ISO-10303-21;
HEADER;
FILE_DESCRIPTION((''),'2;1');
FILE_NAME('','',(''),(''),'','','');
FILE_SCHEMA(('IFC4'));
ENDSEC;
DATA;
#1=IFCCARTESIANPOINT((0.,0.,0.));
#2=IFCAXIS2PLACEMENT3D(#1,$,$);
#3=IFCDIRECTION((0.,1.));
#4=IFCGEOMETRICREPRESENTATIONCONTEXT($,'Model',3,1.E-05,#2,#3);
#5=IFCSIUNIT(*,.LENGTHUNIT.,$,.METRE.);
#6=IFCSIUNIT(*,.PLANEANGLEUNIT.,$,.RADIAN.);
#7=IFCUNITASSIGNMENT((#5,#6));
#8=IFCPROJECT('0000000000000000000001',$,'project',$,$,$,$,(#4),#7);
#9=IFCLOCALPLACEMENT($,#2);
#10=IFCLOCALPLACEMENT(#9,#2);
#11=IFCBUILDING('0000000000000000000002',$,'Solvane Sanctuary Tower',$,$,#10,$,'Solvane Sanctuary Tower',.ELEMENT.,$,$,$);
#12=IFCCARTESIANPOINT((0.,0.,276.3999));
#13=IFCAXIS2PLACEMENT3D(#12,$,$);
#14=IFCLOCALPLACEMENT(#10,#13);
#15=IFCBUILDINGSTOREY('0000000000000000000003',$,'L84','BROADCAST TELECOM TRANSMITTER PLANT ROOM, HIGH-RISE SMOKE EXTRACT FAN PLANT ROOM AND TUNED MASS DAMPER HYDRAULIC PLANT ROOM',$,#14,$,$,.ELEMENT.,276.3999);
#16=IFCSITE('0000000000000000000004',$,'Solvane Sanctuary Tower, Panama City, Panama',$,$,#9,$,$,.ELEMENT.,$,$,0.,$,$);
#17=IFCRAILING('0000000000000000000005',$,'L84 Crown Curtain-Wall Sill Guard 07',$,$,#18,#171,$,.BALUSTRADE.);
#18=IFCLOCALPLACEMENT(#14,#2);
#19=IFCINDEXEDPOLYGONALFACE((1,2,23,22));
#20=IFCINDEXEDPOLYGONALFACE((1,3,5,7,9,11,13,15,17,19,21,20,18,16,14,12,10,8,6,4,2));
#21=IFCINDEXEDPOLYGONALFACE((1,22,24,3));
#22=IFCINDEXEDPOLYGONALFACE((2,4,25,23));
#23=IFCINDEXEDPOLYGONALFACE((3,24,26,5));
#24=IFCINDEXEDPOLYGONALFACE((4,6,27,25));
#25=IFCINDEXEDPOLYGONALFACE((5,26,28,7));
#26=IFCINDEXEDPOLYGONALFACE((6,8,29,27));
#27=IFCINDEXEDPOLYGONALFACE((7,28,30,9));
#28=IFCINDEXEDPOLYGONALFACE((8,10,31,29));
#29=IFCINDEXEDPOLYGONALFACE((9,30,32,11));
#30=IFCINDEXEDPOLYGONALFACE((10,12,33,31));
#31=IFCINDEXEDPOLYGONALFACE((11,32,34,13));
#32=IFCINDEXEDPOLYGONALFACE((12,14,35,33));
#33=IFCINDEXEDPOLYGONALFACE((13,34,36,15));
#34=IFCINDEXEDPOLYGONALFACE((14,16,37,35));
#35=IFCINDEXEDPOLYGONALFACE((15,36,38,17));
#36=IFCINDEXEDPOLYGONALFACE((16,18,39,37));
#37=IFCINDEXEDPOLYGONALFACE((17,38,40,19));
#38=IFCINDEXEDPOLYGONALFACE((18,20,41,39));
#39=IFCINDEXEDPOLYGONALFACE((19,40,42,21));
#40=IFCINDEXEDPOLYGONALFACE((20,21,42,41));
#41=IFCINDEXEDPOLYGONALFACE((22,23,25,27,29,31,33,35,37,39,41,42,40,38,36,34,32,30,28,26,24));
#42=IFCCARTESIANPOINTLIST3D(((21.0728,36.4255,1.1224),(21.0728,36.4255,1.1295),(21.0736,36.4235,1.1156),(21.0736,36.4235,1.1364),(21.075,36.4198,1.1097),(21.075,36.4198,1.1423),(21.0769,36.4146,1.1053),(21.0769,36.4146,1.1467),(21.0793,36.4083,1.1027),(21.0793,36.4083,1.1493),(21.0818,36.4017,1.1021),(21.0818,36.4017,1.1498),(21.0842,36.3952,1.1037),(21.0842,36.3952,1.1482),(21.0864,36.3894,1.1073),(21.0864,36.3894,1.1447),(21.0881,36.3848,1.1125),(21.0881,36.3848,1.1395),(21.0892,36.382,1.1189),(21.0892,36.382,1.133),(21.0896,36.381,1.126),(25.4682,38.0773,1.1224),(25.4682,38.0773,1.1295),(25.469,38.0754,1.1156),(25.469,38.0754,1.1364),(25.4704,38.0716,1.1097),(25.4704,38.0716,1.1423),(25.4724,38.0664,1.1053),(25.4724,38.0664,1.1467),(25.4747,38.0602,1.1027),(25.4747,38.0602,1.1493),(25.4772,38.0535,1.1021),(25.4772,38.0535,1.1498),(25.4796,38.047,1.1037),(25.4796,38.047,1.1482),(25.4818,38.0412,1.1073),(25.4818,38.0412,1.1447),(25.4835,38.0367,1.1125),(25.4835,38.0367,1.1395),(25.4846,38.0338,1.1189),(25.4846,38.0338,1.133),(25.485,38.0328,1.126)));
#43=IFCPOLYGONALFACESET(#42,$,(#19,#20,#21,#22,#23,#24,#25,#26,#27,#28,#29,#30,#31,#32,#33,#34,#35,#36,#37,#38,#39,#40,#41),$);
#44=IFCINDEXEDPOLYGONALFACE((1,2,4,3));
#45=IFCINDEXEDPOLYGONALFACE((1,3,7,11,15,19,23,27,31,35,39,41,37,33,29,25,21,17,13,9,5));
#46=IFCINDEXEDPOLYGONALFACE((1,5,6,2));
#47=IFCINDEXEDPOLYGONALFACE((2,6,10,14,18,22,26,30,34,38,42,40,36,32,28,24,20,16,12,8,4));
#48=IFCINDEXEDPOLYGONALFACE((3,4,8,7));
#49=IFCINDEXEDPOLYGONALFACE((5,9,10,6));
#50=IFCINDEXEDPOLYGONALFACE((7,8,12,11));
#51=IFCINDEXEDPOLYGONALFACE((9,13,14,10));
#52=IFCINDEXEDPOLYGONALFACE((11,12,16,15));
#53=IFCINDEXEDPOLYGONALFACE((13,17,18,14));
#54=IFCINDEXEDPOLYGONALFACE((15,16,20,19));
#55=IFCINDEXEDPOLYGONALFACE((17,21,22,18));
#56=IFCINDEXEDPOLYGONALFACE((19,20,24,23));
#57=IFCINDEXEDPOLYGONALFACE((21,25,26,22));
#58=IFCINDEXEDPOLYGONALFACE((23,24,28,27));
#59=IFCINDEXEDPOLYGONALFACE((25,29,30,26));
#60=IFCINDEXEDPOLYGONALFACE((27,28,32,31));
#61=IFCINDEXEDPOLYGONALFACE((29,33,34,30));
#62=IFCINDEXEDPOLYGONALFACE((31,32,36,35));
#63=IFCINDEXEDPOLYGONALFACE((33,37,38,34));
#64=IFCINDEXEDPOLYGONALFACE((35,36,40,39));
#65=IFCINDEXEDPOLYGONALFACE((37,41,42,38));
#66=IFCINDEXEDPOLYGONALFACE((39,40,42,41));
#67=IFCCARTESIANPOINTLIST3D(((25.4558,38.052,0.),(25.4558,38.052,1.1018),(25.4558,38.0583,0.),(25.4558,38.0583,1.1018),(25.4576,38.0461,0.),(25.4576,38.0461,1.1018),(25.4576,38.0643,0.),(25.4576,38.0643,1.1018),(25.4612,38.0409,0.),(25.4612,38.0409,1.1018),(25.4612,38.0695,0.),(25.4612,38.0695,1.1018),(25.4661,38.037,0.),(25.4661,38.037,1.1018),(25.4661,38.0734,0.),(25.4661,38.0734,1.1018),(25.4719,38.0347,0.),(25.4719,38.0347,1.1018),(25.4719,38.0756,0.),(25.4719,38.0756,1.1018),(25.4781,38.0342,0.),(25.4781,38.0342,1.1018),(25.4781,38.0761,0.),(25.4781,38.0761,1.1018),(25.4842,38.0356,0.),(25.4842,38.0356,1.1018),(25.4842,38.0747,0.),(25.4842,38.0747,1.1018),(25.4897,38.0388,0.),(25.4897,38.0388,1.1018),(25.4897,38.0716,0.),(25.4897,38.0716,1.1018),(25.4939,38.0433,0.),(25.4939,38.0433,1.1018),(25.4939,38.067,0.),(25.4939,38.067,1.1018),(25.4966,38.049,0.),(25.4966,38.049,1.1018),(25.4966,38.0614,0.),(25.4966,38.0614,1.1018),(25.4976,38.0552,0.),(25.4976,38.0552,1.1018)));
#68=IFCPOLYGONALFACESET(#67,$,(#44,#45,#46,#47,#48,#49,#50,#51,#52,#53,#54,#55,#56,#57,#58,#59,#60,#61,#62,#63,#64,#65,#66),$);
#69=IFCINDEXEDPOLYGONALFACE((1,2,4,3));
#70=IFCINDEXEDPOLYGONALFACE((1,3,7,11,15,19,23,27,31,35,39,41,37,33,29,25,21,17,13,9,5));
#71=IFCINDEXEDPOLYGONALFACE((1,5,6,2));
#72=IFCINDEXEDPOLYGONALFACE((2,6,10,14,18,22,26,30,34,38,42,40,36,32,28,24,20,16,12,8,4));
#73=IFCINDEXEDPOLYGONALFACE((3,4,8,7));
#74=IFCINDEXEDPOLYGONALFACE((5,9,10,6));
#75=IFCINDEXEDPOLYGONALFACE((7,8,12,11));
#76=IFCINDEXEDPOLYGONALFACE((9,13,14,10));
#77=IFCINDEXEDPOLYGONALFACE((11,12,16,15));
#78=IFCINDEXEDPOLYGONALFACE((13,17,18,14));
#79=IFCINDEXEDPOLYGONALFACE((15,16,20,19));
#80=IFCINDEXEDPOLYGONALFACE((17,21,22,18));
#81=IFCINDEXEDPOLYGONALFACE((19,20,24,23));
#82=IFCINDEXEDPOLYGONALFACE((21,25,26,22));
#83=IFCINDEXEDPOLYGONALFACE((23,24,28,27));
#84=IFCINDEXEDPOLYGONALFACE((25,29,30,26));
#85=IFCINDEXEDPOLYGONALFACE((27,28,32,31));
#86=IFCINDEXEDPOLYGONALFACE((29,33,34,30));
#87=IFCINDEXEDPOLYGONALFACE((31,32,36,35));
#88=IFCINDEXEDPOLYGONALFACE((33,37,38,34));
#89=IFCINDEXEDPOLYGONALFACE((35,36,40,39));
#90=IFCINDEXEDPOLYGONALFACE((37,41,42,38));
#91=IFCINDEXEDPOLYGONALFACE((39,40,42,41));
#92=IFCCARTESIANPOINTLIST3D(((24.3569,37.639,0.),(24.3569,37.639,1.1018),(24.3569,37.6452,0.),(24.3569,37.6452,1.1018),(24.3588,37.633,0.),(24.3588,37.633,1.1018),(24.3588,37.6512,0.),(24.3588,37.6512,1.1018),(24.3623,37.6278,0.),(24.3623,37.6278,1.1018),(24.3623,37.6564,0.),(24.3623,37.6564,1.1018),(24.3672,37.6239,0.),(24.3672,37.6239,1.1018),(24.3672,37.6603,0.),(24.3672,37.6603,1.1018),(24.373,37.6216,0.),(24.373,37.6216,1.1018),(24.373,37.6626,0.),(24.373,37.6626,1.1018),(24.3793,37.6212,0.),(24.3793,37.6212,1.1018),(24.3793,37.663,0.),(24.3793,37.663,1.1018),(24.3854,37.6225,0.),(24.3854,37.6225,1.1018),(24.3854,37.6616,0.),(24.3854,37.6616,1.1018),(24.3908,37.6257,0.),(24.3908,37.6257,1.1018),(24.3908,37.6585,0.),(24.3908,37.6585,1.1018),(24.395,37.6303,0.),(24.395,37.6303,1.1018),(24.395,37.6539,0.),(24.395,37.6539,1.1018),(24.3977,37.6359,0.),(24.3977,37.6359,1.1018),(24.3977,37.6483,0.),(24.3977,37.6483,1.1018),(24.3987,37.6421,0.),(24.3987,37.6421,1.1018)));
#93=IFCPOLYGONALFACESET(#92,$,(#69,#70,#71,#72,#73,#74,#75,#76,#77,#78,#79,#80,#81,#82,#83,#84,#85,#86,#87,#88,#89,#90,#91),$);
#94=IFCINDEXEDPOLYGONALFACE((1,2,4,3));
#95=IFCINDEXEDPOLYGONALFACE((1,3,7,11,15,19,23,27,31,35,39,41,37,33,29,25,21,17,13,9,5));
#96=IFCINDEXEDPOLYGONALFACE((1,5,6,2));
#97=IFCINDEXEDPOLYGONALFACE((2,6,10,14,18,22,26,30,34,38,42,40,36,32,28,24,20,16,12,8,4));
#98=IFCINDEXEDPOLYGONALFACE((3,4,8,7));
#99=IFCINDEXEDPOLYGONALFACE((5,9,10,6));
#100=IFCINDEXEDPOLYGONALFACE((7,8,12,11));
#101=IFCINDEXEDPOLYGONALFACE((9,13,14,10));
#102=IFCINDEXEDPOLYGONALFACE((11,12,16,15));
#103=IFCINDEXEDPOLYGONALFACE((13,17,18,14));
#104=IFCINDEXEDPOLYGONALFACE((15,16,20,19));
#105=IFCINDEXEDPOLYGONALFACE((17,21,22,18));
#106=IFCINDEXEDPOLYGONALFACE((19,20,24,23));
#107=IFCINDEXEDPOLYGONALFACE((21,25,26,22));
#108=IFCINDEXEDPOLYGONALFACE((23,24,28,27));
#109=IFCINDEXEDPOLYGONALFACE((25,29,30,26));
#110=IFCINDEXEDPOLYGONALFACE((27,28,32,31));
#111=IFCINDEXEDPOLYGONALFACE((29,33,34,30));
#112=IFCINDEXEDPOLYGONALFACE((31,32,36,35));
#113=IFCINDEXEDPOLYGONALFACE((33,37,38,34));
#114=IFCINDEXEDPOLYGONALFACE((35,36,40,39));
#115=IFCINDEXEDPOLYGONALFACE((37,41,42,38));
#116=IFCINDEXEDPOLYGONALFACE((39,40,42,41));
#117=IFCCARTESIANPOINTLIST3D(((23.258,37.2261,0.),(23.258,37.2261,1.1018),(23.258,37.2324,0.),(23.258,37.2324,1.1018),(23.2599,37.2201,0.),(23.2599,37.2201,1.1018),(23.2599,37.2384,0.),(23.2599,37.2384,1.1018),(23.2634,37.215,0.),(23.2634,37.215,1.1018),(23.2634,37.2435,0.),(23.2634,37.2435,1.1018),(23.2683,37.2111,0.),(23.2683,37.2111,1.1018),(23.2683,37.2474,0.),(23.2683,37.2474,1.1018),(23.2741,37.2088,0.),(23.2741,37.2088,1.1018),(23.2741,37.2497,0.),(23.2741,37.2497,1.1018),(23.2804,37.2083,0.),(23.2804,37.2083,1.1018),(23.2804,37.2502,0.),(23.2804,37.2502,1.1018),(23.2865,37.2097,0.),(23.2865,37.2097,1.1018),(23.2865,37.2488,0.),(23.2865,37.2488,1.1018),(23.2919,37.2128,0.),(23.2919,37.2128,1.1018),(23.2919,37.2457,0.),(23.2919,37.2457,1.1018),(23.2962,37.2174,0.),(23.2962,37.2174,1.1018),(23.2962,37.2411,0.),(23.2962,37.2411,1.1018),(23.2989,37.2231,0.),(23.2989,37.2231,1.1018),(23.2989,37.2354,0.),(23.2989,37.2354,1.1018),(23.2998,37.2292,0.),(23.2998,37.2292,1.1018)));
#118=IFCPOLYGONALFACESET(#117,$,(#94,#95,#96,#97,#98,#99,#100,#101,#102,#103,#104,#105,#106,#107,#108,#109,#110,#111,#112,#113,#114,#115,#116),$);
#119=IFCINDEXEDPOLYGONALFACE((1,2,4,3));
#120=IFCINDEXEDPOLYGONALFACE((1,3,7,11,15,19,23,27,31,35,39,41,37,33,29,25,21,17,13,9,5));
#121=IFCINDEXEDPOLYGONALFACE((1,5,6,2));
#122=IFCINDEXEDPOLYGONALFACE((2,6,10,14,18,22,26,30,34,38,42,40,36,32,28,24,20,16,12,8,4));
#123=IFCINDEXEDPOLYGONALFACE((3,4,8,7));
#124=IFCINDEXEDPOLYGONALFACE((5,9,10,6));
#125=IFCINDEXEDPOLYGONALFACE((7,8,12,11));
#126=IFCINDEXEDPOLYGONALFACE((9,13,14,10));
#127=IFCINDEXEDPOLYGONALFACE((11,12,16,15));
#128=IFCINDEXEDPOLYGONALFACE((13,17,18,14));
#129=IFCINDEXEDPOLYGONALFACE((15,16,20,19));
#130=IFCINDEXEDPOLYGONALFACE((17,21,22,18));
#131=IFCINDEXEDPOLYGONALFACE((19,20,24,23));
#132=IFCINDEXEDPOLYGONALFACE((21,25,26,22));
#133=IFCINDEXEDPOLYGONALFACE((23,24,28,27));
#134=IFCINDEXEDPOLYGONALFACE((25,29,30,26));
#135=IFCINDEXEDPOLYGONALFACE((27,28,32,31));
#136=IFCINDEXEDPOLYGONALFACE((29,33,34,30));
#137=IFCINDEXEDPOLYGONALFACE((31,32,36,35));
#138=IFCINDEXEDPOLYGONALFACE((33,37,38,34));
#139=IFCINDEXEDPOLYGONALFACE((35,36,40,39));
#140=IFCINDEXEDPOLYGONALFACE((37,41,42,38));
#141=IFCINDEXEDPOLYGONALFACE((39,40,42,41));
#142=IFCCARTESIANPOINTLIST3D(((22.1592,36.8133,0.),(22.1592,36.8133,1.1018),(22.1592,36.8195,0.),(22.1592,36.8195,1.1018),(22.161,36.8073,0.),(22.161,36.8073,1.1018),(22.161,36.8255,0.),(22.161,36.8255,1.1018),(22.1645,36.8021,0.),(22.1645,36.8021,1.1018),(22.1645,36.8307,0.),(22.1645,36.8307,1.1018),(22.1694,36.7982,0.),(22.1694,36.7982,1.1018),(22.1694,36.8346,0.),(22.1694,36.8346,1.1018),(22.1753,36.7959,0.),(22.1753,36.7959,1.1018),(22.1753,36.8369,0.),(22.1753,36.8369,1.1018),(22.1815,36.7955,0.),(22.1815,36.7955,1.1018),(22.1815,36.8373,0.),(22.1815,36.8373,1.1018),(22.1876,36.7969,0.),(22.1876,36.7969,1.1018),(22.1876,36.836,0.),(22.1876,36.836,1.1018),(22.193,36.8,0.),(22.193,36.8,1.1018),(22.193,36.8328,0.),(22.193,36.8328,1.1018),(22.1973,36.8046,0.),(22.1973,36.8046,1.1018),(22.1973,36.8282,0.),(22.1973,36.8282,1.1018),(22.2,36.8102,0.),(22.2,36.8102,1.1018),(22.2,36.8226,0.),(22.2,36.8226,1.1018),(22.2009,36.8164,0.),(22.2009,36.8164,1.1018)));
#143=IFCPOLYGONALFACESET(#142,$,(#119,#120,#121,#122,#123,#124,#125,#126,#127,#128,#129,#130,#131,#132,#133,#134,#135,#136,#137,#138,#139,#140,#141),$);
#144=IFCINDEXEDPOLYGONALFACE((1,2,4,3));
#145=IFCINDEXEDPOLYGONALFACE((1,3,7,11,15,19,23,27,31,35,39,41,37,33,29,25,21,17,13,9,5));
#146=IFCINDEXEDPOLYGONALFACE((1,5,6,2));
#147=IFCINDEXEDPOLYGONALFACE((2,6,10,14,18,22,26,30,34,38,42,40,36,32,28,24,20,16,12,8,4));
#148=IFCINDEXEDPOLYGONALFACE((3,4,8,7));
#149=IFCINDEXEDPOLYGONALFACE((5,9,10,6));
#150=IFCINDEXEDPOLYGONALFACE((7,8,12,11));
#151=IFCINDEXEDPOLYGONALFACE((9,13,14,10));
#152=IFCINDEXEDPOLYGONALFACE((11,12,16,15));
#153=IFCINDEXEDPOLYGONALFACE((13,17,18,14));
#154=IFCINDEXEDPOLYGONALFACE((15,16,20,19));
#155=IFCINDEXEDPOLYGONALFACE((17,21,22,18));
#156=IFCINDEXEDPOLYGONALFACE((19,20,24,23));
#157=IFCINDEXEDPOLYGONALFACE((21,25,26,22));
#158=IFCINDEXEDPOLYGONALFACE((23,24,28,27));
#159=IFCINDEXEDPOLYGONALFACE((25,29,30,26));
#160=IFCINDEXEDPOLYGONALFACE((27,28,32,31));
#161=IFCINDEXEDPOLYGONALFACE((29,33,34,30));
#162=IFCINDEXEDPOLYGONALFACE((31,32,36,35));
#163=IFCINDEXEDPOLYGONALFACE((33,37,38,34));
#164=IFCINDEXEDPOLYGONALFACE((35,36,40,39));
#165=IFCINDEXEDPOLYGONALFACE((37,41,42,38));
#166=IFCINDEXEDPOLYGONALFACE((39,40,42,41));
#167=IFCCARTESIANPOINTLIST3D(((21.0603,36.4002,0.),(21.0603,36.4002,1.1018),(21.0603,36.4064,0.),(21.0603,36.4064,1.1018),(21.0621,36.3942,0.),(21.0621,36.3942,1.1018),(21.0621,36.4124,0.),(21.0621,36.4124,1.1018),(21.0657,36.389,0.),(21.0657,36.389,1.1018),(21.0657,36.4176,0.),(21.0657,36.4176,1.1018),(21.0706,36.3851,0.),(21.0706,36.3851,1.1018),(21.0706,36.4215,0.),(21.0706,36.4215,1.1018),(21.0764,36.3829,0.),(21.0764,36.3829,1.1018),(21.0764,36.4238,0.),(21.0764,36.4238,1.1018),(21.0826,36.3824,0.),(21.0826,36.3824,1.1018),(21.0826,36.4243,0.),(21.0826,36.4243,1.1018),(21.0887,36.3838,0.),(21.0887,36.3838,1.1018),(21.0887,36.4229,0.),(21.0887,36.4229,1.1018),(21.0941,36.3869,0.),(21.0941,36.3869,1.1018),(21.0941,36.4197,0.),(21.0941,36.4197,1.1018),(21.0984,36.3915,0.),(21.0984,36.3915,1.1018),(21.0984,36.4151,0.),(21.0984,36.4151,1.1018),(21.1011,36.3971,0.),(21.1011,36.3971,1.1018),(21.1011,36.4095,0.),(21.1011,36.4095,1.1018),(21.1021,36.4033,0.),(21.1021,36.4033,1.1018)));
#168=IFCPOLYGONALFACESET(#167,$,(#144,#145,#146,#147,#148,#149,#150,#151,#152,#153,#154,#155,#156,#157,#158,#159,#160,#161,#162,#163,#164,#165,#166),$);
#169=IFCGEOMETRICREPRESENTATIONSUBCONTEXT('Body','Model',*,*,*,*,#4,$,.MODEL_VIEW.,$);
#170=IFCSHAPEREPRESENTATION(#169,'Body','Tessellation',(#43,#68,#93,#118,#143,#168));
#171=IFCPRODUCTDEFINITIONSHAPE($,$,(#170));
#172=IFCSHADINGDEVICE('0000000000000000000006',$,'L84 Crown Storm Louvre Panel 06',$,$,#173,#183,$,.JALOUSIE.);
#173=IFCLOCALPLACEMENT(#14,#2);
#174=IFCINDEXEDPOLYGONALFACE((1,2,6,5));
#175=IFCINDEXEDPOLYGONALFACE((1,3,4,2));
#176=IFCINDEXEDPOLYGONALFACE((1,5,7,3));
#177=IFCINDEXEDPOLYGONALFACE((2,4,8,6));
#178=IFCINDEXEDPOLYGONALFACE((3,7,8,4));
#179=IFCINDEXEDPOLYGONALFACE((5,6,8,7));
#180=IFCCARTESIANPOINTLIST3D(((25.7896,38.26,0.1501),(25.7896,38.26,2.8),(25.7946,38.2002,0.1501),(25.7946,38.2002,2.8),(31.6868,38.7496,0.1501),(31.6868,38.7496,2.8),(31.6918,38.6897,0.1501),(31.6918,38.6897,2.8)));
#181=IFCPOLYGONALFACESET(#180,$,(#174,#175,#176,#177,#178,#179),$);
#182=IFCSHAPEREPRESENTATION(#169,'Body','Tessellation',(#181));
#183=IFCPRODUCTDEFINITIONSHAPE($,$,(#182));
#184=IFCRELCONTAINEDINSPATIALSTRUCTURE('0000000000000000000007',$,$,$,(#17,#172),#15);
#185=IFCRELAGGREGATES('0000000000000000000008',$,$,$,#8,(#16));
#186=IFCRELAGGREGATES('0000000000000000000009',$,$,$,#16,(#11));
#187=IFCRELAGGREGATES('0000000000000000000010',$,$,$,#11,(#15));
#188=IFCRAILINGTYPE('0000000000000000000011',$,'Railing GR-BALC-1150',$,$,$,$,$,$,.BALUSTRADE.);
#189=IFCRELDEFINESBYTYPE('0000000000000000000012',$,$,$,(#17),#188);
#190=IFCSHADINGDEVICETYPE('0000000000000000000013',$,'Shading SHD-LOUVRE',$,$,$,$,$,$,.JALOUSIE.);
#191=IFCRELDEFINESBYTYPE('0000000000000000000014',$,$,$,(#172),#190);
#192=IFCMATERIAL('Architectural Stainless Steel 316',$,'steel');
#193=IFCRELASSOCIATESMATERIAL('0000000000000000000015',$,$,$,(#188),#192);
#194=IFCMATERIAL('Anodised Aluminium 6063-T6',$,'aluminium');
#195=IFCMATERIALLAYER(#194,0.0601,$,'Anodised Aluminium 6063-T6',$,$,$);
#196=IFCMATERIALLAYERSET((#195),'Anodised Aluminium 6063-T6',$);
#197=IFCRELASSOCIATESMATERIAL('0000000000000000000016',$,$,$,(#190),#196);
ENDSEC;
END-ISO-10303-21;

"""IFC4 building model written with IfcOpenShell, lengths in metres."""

from ifc_helpers import new_model, si_unit, direction, frame, origin, origin_2d, place, context, subcontext, project, spatial, rectangle, circle, extrude, material, layer, layer_set, type_object, element, save


model = new_model("IFC4")

# Units and contexts
model_context = context("Model", 3, precision=1e-05, world=origin(), true_north=direction((0.0, 1.0)))
body_context = subcontext(model_context, "Body", "Model", "MODEL_VIEW")
ifc_project = project(units=[si_unit("LENGTHUNIT", "METRE"), si_unit("PLANEANGLEUNIT", "RADIAN")], contexts=[model_context])

# Site, building, storey
site_placement = place(None, origin())
site = spatial("IfcSite", under=ifc_project, at=site_placement, Name="Solvane Sanctuary Tower, Panama City, Panama", CompositionType="ELEMENT", RefElevation=0.0)
building_placement = place(site_placement, origin())
building = spatial("IfcBuilding", under=site, at=building_placement, Name="Solvane Sanctuary Tower", LongName="Solvane Sanctuary Tower", CompositionType="ELEMENT")
storey_placement = place(building_placement, frame((0.0, 0.0, 276.3999)))
storey = spatial("IfcBuildingStorey", under=building, at=storey_placement, Name="L84", Description="BROADCAST TELECOM TRANSMITTER PLANT ROOM, HIGH-RISE SMOKE EXTRACT FAN PLANT ROOM AND TUNED MASS DAMPER HYDRAULIC PLANT ROOM", CompositionType="ELEMENT", Elevation=276.3999)

# Shared definitions
ifc_material_1 = material(Name="Anodised Aluminium 6063-T6", Category="aluminium")

# Shared definitions
ifc_material_2 = material(Name="Architectural Stainless Steel 316", Category="steel")

# Railing
railing_type = type_object("IfcRailingType", Name="Railing GR-BALC-1150", PredefinedType="BALUSTRADE", material=ifc_material_2)
railing_placement = place(storey_placement, frame((25.4766, 38.0552, 0.0)))
element("IfcRailing", 1, at=railing_placement, inside=storey, type_object=railing_type, Name="L84 Crown Curtain-Wall Sill Guard 07", PredefinedType="BALUSTRADE", context=body_context, shape_type="SweptSolid", body=[
    extrude(circle(Radius=0.0239, at=origin_2d()), frame((0.0, 0.0, 1.126), z_axis=(-0.936081, -0.351784, 0.0), x_axis=(0.351784, -0.936081, 0.0)), (0.0, 0.0, 1.0), 4.6956),
    extrude(circle(Radius=0.021, at=origin_2d()), origin(), (0.0, 0.0, 1.0), 1.1018),
    extrude(circle(Radius=0.021, at=origin_2d()), frame((-1.0989, -0.4131, 0.0)), (0.0, 0.0, 1.0), 1.1018),
    extrude(circle(Radius=0.021, at=origin_2d()), frame((-2.1978, -0.8259, 0.0)), (0.0, 0.0, 1.0), 1.1018),
    extrude(circle(Radius=0.021, at=origin_2d()), frame((-3.2966, -1.2388, 0.0)), (0.0, 0.0, 1.0), 1.1018),
    extrude(circle(Radius=0.021, at=origin_2d()), frame((-4.3955, -1.6519, 0.0)), (0.0, 0.0, 1.0), 1.1018),
])

# Shading device
ifc_layer_1 = layer(ifc_material_1, 0.0601, Name="Anodised Aluminium 6063-T6")
ifc_layer_set_1 = layer_set([ifc_layer_1], Name="Anodised Aluminium 6063-T6")
shading_device_type = type_object("IfcShadingDeviceType", Name="Shading SHD-LOUVRE", PredefinedType="JALOUSIE", material=ifc_layer_set_1)
shading_device_placement = place(storey_placement, frame((28.7407, 38.4749, 0.1501), z_axis=(0.0, 0.0, 1.0), x_axis=(-0.996572, -0.08273, 0.0)))
element("IfcShadingDevice", 2, at=shading_device_placement, inside=storey, type_object=shading_device_type, Name="L84 Crown Storm Louvre Panel 06", PredefinedType="JALOUSIE", context=body_context, shape_type="SweptSolid", body=[
    extrude(rectangle(XDim=5.9175, YDim=0.0601, at=origin_2d()), origin(), (0.0, 0.0, 1.0), 2.6499),
])

save(model, "model.ifc")
